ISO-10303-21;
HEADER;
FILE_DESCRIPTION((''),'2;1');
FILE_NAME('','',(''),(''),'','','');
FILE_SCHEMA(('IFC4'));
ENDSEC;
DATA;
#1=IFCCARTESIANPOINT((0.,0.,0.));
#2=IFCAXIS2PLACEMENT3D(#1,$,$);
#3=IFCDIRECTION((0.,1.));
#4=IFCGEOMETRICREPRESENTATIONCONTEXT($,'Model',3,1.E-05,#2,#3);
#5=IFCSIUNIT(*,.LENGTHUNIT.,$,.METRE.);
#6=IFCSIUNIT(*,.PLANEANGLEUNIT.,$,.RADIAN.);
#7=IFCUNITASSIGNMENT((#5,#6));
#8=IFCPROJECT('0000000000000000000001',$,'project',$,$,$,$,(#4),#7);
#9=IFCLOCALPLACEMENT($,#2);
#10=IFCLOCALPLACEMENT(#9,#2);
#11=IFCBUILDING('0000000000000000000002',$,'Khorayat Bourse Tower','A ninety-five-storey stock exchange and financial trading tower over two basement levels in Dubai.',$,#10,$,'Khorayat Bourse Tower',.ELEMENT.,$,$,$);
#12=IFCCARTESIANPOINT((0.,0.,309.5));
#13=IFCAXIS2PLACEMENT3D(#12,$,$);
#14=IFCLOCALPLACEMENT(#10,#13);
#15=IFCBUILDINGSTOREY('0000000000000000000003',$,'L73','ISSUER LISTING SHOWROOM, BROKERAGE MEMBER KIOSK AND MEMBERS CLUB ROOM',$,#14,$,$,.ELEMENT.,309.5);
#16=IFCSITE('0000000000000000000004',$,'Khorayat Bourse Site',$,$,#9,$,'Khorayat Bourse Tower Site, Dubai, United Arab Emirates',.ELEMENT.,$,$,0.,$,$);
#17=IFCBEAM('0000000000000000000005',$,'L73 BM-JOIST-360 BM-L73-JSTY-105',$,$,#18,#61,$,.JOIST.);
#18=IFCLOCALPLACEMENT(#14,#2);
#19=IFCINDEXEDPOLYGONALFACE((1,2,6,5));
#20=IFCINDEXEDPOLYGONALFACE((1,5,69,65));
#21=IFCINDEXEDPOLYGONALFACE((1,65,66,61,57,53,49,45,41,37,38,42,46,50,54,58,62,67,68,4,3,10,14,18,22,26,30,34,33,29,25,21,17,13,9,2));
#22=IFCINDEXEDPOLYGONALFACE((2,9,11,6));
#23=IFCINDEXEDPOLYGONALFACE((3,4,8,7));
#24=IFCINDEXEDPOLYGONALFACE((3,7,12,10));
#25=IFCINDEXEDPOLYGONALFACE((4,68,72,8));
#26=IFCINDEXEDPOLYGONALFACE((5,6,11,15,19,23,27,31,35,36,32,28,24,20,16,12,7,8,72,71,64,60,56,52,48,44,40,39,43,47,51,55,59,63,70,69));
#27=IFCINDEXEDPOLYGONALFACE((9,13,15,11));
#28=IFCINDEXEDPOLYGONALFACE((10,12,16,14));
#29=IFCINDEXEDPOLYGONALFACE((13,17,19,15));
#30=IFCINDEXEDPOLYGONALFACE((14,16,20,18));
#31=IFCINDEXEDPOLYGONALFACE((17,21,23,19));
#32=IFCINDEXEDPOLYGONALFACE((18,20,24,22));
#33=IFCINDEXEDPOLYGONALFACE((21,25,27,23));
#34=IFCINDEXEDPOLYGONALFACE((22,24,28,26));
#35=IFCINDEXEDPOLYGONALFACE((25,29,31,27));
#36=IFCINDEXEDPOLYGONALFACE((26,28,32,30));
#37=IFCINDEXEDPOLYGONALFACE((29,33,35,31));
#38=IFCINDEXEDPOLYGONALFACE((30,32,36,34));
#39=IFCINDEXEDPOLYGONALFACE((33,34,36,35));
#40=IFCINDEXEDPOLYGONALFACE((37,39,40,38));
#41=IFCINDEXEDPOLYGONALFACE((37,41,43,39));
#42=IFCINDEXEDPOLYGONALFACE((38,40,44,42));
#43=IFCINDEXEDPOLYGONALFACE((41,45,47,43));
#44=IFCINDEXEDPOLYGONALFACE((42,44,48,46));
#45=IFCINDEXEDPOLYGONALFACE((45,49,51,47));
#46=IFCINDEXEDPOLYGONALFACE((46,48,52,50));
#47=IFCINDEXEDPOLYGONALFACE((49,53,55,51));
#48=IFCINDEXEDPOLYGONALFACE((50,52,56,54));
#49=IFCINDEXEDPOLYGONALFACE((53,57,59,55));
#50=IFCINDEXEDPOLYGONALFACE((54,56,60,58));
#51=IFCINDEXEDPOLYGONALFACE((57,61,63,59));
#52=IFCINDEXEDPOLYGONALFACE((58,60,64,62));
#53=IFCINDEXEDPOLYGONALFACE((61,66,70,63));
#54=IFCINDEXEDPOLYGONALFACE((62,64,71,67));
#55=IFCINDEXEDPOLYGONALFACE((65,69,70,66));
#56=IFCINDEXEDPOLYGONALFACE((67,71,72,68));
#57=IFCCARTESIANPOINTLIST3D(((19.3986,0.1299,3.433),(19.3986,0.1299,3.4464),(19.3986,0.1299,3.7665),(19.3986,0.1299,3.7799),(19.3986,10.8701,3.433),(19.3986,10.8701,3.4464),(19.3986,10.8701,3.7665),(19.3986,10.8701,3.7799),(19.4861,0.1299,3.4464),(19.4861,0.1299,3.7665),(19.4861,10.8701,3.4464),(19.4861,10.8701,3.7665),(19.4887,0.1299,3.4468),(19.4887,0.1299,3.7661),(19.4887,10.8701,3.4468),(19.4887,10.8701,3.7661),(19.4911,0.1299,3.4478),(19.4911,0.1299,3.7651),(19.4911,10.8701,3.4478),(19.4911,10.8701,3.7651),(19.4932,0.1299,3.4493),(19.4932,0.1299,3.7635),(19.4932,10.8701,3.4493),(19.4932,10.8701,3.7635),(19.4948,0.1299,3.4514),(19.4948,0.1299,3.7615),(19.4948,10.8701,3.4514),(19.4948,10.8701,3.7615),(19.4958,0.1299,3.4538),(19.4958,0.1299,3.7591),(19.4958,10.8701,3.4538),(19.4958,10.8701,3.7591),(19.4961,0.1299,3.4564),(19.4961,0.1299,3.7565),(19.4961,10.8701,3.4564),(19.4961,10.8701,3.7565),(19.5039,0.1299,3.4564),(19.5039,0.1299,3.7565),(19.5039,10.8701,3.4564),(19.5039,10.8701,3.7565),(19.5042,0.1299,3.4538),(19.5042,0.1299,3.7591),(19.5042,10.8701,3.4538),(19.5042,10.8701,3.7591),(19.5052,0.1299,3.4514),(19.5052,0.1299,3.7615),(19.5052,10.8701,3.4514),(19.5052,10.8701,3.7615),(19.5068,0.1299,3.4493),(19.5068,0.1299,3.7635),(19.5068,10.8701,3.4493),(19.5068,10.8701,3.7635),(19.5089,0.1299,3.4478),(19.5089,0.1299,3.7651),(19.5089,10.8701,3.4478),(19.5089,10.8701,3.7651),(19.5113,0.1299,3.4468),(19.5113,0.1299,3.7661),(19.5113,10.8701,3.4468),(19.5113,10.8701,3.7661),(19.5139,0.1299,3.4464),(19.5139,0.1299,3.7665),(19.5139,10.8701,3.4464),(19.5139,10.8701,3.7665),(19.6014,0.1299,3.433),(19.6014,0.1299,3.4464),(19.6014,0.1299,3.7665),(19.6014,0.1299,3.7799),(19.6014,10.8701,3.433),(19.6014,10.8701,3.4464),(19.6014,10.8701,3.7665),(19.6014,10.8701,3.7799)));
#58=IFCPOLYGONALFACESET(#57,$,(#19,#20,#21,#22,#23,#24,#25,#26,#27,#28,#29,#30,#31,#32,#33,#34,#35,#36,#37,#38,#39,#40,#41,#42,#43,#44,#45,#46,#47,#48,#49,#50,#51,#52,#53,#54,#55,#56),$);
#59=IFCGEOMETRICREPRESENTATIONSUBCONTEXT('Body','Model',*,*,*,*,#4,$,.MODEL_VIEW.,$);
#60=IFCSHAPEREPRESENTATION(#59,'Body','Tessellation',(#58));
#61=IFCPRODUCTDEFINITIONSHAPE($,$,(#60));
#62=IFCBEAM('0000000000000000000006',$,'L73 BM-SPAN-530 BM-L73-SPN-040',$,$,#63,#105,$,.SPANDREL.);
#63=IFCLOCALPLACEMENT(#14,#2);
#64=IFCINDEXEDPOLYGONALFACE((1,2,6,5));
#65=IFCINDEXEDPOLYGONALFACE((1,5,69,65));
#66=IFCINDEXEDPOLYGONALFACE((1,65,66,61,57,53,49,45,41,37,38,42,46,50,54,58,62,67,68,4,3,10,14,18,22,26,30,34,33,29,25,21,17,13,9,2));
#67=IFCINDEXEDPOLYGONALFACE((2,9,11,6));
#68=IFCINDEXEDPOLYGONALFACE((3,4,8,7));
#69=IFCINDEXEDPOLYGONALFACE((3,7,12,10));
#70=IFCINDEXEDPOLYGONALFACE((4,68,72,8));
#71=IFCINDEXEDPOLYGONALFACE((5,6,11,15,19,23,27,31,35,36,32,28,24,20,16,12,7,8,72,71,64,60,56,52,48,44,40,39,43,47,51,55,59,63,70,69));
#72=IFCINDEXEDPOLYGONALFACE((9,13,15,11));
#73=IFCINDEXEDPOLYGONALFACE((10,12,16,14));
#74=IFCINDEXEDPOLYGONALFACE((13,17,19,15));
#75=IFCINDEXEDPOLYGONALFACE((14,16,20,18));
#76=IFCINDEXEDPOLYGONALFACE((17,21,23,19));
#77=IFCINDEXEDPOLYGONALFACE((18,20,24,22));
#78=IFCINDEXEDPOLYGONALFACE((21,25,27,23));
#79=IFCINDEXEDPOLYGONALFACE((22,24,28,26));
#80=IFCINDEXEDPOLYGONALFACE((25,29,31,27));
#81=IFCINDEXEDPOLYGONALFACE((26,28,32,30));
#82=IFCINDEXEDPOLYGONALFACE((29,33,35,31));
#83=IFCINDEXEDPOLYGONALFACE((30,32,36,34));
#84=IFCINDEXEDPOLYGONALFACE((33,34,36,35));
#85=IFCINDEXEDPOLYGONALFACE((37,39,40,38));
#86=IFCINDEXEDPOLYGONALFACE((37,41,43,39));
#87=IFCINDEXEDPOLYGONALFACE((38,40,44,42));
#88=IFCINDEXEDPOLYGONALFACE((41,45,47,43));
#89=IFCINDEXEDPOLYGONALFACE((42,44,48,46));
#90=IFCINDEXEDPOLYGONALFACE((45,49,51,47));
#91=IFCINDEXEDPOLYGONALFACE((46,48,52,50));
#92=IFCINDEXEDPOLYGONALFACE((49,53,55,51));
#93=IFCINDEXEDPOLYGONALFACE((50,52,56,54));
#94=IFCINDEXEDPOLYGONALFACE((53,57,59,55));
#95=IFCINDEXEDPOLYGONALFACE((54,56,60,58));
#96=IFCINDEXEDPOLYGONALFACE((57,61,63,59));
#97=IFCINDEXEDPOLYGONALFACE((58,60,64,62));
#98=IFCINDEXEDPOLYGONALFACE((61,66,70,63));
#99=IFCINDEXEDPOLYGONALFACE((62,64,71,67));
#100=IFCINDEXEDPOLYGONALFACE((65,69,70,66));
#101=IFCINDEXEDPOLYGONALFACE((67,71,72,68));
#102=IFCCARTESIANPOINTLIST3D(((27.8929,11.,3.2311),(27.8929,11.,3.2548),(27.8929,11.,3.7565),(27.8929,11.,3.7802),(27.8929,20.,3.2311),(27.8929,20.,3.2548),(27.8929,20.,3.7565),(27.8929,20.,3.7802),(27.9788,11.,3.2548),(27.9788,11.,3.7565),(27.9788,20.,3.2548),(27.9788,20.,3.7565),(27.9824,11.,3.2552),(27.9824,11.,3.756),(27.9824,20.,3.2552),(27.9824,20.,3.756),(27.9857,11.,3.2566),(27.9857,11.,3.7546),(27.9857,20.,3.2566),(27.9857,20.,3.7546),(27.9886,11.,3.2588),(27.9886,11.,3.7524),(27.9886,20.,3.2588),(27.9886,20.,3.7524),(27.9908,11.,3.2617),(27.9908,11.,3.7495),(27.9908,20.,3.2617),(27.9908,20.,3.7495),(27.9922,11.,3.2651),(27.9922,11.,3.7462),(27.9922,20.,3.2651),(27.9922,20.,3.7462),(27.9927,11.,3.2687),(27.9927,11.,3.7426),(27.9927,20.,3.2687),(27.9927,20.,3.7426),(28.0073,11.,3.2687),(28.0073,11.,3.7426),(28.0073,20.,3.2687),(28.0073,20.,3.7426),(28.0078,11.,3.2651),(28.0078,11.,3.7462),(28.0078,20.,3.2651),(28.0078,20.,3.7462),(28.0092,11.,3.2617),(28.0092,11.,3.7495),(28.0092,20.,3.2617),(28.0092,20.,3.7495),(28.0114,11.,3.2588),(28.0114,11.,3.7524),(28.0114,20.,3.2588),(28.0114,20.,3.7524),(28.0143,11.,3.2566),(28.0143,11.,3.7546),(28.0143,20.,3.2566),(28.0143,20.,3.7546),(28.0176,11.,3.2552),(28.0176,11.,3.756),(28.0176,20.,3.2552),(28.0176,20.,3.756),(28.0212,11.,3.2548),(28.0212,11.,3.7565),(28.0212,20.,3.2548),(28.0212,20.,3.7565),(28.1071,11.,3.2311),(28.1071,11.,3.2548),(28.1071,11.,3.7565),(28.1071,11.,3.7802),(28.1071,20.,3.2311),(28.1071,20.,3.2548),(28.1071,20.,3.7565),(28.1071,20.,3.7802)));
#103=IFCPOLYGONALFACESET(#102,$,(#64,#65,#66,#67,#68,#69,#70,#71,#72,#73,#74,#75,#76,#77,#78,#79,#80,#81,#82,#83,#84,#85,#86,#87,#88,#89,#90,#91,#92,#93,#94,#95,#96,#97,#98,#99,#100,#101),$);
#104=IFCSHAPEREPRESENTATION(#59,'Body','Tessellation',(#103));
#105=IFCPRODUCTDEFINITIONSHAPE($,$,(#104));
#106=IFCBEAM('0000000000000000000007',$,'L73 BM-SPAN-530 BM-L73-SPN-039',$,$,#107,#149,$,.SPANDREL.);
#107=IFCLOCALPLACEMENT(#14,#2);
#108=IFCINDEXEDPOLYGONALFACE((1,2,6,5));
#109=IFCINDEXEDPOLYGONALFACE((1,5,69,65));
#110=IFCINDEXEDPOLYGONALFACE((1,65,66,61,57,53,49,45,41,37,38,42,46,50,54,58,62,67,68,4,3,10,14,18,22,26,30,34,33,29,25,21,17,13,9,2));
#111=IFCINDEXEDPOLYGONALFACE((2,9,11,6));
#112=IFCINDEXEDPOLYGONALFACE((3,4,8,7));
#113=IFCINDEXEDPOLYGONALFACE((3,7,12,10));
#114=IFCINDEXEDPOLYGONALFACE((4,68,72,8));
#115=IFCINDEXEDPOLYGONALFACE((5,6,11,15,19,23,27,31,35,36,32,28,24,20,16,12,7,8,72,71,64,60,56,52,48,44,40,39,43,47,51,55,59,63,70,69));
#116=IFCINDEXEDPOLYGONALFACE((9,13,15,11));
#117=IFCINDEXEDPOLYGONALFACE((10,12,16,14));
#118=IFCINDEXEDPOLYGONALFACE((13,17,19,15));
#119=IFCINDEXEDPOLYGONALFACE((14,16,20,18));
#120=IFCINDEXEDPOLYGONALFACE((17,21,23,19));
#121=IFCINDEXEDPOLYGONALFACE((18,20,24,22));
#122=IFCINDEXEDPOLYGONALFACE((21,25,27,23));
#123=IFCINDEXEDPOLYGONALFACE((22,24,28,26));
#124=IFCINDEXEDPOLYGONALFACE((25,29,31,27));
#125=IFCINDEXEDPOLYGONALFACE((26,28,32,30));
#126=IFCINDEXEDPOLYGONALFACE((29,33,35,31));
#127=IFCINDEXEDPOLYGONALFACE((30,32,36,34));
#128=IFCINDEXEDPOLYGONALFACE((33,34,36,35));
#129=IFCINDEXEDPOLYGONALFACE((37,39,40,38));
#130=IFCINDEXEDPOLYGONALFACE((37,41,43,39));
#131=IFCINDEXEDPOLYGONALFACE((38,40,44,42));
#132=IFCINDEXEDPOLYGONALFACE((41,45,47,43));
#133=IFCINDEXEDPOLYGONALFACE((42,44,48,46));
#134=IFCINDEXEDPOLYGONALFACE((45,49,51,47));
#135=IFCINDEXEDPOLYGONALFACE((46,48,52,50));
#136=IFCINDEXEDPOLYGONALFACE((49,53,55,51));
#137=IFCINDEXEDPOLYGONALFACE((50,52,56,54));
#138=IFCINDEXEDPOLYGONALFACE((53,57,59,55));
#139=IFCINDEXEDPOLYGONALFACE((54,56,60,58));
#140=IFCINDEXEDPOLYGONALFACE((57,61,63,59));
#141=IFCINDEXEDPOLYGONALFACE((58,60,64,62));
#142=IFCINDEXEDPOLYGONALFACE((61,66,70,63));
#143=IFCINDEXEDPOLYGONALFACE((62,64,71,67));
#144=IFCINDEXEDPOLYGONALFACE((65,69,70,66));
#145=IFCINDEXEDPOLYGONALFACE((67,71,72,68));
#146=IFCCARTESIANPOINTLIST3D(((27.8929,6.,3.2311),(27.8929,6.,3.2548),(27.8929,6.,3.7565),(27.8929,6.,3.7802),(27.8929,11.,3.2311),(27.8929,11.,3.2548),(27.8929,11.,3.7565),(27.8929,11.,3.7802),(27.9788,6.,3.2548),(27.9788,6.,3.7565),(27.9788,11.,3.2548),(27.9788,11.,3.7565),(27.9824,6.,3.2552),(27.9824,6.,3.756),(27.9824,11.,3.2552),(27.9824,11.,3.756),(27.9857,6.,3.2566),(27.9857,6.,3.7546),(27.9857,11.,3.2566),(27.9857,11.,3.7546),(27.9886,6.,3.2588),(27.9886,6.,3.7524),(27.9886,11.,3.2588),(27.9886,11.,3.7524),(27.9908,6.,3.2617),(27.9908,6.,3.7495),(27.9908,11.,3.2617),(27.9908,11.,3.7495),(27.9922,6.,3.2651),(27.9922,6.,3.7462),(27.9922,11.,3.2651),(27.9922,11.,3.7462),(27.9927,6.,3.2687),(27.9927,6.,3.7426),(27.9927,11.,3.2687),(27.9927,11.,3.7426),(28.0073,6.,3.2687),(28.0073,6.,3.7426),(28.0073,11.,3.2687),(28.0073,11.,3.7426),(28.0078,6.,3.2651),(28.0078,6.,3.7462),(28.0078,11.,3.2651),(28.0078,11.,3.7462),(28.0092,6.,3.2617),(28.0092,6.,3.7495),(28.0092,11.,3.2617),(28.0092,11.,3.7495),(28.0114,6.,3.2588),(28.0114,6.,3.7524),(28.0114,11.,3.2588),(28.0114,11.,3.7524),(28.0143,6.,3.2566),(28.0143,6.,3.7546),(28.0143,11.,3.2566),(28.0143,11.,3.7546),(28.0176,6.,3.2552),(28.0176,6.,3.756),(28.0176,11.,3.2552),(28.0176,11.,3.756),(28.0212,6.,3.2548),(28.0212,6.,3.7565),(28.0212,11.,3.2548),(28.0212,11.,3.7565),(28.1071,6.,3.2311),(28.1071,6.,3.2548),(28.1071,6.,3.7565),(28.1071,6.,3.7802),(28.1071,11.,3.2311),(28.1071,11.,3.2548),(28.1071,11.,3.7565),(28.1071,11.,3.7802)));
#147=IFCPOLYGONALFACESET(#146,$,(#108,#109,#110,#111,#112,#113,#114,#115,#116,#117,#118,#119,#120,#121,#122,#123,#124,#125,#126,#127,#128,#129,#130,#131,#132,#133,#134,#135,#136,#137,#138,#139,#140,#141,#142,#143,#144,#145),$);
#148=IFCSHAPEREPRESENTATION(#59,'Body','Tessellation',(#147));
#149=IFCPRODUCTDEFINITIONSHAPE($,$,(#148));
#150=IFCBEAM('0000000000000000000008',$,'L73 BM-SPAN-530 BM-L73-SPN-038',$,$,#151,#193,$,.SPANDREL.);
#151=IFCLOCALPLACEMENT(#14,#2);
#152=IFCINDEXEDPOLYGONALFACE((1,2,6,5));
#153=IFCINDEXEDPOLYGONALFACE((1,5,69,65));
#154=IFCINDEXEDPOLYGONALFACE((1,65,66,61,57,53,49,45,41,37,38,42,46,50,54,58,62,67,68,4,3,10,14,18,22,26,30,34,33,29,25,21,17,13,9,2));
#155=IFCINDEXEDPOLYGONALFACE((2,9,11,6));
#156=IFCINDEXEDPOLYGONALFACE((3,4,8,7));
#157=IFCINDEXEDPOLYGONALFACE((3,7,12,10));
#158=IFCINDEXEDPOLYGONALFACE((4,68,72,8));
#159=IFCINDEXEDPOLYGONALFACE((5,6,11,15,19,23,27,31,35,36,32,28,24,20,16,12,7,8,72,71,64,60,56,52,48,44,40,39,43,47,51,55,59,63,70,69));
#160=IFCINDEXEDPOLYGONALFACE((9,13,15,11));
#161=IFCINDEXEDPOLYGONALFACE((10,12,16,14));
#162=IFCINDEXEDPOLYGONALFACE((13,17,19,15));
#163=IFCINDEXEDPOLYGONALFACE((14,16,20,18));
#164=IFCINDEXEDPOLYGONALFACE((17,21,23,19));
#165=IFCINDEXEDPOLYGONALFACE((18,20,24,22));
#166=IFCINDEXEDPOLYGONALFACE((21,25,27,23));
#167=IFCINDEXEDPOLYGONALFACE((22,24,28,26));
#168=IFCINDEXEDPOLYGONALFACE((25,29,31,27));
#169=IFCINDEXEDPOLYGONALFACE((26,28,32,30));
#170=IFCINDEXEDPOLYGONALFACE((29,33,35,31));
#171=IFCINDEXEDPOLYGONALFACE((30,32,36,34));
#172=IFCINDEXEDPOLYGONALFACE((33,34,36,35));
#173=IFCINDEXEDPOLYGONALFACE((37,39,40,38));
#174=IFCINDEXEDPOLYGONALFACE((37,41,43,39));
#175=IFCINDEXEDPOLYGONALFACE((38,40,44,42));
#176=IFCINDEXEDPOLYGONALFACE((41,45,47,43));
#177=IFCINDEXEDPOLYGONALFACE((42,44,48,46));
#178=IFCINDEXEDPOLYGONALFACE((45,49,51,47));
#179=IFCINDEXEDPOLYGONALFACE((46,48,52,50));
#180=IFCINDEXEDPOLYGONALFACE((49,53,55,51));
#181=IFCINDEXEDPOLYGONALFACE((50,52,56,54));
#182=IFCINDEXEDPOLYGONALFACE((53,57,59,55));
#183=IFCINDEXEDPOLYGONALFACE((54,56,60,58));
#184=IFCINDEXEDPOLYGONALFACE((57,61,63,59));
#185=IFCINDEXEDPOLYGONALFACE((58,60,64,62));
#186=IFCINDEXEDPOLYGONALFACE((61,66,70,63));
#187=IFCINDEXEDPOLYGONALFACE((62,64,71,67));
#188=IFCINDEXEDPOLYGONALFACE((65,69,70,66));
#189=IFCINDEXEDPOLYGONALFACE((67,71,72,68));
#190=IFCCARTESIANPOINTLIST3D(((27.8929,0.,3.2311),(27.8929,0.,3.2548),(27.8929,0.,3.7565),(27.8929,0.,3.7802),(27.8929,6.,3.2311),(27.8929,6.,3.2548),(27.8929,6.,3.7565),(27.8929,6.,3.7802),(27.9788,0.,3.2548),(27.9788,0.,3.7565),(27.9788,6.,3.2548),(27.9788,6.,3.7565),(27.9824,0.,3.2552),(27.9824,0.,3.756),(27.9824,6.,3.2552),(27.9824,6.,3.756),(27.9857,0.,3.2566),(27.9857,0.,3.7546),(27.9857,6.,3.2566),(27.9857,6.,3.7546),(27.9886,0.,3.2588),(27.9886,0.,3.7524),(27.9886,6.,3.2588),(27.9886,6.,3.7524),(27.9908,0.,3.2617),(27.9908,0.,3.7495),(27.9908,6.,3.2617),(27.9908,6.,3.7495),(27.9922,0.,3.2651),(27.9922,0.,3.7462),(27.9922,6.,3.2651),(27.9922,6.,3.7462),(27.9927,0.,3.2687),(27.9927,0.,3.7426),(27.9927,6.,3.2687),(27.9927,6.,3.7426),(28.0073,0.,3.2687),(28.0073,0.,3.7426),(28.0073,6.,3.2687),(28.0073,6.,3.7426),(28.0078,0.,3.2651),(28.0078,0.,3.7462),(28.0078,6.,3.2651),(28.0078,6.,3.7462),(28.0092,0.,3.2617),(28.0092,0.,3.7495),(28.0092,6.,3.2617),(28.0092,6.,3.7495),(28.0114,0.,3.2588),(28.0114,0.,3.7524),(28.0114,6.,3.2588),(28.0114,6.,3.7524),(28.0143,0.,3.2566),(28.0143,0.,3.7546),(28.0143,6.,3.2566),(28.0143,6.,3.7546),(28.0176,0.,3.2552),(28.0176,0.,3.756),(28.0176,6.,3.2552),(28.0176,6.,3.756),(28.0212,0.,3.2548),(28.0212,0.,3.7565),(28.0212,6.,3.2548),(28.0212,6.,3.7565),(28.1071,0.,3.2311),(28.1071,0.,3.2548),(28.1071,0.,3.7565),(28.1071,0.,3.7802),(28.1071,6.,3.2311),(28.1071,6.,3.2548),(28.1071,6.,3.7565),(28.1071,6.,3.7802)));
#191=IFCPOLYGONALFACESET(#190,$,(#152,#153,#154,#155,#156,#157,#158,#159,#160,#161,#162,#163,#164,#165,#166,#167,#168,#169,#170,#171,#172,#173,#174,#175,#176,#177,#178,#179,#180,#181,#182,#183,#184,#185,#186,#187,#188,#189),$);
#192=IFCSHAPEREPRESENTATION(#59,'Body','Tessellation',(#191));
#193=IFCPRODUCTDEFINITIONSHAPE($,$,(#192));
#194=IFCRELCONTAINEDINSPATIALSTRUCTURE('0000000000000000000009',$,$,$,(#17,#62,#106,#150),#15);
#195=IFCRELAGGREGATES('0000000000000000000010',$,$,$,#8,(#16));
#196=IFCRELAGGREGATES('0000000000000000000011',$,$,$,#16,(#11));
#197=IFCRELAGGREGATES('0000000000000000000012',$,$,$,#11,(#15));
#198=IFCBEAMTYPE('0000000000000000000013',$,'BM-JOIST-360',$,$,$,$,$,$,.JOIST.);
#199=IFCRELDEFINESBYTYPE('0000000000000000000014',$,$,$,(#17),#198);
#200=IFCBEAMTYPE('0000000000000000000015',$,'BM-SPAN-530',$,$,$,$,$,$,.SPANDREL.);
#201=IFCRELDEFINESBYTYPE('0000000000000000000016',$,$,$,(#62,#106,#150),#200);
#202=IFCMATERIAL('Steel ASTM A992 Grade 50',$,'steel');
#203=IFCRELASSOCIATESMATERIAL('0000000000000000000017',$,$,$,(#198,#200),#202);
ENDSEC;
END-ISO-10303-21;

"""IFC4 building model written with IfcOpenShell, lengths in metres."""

from ifc_helpers import new_model, si_unit, direction, frame, origin, origin_2d, place, context, subcontext, project, spatial, i_section, extrude, source, transform, mapped, material, material_profile, profile_set, type_object, element, save


model = new_model("IFC4")

# Units and contexts
model_context = context("Model", 3, precision=1e-05, world=origin(), true_north=direction((0.0, 1.0)))
body_context = subcontext(model_context, "Body", "Model", "MODEL_VIEW")
ifc_project = project(units=[si_unit("LENGTHUNIT", "METRE"), si_unit("PLANEANGLEUNIT", "RADIAN")], contexts=[model_context])

# Site, building, storey
site_placement = place(None, origin())
site = spatial("IfcSite", under=ifc_project, at=site_placement, Name="Khorayat Bourse Site", LongName="Khorayat Bourse Tower Site, Dubai, United Arab Emirates", CompositionType="ELEMENT", RefElevation=0.0)
building_placement = place(site_placement, origin())
building = spatial("IfcBuilding", under=site, at=building_placement, Name="Khorayat Bourse Tower", Description="A ninety-five-storey stock exchange and financial trading tower over two basement levels in Dubai.", LongName="Khorayat Bourse Tower", CompositionType="ELEMENT")
storey_placement = place(building_placement, frame((0.0, 0.0, 309.5)))
storey = spatial("IfcBuildingStorey", under=building, at=storey_placement, Name="L73", Description="ISSUER LISTING SHOWROOM, BROKERAGE MEMBER KIOSK AND MEMBERS CLUB ROOM", CompositionType="ELEMENT", Elevation=309.5)

# Shared definitions
ifc_material_1 = material(Name="Steel ASTM A992 Grade 50", Category="steel")

# Beams
ifc_material_profile_1 = material_profile(ifc_material_1, i_section(OverallWidth=0.2029, OverallDepth=0.3469, WebThickness=0.0078, FlangeThickness=0.0134, FilletRadius=0.01, at=origin_2d()), Name="W360X64")
ifc_profile_set_1 = profile_set([ifc_material_profile_1], Name="Steel ASTM A992 Grade 50")
beam_type_1 = type_object("IfcBeamType", Name="BM-JOIST-360", PredefinedType="JOIST", material=ifc_profile_set_1)
shared_shape_1 = source(origin(), body_context, "Body", "SweptSolid", [
    extrude(i_section(OverallWidth=0.2029, OverallDepth=0.3469, WebThickness=0.0078, FlangeThickness=0.0134, FilletRadius=0.01, at=origin_2d()), origin(), (0.0, 0.0, 1.0), 10.7402),
])
beam_1_placement = place(storey_placement, frame((19.5, 0.1299, 3.6064), z_axis=(0.0, 1.0, 0.0), x_axis=(-1.0, 0.0, 0.0)))
element("IfcBeam", 1, at=beam_1_placement, inside=storey, type_object=beam_type_1, Name="L73 BM-JOIST-360 BM-L73-JSTY-105", PredefinedType="JOIST", context=body_context, shape_type="MappedRepresentation", body=[
    mapped(shared_shape_1, transform((0.0, 0.0, 0.0), scale=1.0)),
])
ifc_material_profile_2 = material_profile(ifc_material_1, i_section(OverallWidth=0.2141, OverallDepth=0.5491, WebThickness=0.0146, FlangeThickness=0.0237, FilletRadius=0.0139, at=origin_2d()), Name="W530X138")
ifc_profile_set_2 = profile_set([ifc_material_profile_2], Name="Steel ASTM A992 Grade 50")
beam_type_2 = type_object("IfcBeamType", Name="BM-SPAN-530", PredefinedType="SPANDREL", material=ifc_profile_set_2)
shared_shape_2 = source(origin(), body_context, "Body", "SweptSolid", [
    extrude(i_section(OverallWidth=0.2141, OverallDepth=0.5491, WebThickness=0.0146, FlangeThickness=0.0237, FilletRadius=0.0139, at=origin_2d()), origin(), (0.0, 0.0, 1.0), 9.0),
])
beam_2_placement = place(storey_placement, frame((28.0, 11.0, 3.5056), z_axis=(0.0, 1.0, 0.0), x_axis=(-1.0, 0.0, 0.0)))
element("IfcBeam", 2, at=beam_2_placement, inside=storey, type_object=beam_type_2, Name="L73 BM-SPAN-530 BM-L73-SPN-040", PredefinedType="SPANDREL", context=body_context, shape_type="MappedRepresentation", body=[
    mapped(shared_shape_2, transform((0.0, 0.0, 0.0), scale=1.0)),
])
shared_shape_3 = source(origin(), body_context, "Body", "SweptSolid", [
    extrude(i_section(OverallWidth=0.2141, OverallDepth=0.5491, WebThickness=0.0146, FlangeThickness=0.0237, FilletRadius=0.0139, at=origin_2d()), origin(), (0.0, 0.0, 1.0), 5.0),
])
beam_3_placement = place(storey_placement, frame((28.0, 6.0, 3.5056), z_axis=(0.0, 1.0, 0.0), x_axis=(-1.0, 0.0, 0.0)))
element("IfcBeam", 3, at=beam_3_placement, inside=storey, type_object=beam_type_2, Name="L73 BM-SPAN-530 BM-L73-SPN-039", PredefinedType="SPANDREL", context=body_context, shape_type="MappedRepresentation", body=[
    mapped(shared_shape_3, transform((0.0, 0.0, 0.0), scale=1.0)),
])
shared_shape_4 = source(origin(), body_context, "Body", "SweptSolid", [
    extrude(i_section(OverallWidth=0.2141, OverallDepth=0.5491, WebThickness=0.0146, FlangeThickness=0.0237, FilletRadius=0.0139, at=origin_2d()), origin(), (0.0, 0.0, 1.0), 6.0),
])
beam_4_placement = place(storey_placement, frame((28.0, 0.0, 3.5056), z_axis=(0.0, 1.0, 0.0), x_axis=(-1.0, 0.0, 0.0)))
element("IfcBeam", 4, at=beam_4_placement, inside=storey, type_object=beam_type_2, Name="L73 BM-SPAN-530 BM-L73-SPN-038", PredefinedType="SPANDREL", context=body_context, shape_type="MappedRepresentation", body=[
    mapped(shared_shape_4, transform((0.0, 0.0, 0.0), scale=1.0)),
])

save(model, "model.ifc")
